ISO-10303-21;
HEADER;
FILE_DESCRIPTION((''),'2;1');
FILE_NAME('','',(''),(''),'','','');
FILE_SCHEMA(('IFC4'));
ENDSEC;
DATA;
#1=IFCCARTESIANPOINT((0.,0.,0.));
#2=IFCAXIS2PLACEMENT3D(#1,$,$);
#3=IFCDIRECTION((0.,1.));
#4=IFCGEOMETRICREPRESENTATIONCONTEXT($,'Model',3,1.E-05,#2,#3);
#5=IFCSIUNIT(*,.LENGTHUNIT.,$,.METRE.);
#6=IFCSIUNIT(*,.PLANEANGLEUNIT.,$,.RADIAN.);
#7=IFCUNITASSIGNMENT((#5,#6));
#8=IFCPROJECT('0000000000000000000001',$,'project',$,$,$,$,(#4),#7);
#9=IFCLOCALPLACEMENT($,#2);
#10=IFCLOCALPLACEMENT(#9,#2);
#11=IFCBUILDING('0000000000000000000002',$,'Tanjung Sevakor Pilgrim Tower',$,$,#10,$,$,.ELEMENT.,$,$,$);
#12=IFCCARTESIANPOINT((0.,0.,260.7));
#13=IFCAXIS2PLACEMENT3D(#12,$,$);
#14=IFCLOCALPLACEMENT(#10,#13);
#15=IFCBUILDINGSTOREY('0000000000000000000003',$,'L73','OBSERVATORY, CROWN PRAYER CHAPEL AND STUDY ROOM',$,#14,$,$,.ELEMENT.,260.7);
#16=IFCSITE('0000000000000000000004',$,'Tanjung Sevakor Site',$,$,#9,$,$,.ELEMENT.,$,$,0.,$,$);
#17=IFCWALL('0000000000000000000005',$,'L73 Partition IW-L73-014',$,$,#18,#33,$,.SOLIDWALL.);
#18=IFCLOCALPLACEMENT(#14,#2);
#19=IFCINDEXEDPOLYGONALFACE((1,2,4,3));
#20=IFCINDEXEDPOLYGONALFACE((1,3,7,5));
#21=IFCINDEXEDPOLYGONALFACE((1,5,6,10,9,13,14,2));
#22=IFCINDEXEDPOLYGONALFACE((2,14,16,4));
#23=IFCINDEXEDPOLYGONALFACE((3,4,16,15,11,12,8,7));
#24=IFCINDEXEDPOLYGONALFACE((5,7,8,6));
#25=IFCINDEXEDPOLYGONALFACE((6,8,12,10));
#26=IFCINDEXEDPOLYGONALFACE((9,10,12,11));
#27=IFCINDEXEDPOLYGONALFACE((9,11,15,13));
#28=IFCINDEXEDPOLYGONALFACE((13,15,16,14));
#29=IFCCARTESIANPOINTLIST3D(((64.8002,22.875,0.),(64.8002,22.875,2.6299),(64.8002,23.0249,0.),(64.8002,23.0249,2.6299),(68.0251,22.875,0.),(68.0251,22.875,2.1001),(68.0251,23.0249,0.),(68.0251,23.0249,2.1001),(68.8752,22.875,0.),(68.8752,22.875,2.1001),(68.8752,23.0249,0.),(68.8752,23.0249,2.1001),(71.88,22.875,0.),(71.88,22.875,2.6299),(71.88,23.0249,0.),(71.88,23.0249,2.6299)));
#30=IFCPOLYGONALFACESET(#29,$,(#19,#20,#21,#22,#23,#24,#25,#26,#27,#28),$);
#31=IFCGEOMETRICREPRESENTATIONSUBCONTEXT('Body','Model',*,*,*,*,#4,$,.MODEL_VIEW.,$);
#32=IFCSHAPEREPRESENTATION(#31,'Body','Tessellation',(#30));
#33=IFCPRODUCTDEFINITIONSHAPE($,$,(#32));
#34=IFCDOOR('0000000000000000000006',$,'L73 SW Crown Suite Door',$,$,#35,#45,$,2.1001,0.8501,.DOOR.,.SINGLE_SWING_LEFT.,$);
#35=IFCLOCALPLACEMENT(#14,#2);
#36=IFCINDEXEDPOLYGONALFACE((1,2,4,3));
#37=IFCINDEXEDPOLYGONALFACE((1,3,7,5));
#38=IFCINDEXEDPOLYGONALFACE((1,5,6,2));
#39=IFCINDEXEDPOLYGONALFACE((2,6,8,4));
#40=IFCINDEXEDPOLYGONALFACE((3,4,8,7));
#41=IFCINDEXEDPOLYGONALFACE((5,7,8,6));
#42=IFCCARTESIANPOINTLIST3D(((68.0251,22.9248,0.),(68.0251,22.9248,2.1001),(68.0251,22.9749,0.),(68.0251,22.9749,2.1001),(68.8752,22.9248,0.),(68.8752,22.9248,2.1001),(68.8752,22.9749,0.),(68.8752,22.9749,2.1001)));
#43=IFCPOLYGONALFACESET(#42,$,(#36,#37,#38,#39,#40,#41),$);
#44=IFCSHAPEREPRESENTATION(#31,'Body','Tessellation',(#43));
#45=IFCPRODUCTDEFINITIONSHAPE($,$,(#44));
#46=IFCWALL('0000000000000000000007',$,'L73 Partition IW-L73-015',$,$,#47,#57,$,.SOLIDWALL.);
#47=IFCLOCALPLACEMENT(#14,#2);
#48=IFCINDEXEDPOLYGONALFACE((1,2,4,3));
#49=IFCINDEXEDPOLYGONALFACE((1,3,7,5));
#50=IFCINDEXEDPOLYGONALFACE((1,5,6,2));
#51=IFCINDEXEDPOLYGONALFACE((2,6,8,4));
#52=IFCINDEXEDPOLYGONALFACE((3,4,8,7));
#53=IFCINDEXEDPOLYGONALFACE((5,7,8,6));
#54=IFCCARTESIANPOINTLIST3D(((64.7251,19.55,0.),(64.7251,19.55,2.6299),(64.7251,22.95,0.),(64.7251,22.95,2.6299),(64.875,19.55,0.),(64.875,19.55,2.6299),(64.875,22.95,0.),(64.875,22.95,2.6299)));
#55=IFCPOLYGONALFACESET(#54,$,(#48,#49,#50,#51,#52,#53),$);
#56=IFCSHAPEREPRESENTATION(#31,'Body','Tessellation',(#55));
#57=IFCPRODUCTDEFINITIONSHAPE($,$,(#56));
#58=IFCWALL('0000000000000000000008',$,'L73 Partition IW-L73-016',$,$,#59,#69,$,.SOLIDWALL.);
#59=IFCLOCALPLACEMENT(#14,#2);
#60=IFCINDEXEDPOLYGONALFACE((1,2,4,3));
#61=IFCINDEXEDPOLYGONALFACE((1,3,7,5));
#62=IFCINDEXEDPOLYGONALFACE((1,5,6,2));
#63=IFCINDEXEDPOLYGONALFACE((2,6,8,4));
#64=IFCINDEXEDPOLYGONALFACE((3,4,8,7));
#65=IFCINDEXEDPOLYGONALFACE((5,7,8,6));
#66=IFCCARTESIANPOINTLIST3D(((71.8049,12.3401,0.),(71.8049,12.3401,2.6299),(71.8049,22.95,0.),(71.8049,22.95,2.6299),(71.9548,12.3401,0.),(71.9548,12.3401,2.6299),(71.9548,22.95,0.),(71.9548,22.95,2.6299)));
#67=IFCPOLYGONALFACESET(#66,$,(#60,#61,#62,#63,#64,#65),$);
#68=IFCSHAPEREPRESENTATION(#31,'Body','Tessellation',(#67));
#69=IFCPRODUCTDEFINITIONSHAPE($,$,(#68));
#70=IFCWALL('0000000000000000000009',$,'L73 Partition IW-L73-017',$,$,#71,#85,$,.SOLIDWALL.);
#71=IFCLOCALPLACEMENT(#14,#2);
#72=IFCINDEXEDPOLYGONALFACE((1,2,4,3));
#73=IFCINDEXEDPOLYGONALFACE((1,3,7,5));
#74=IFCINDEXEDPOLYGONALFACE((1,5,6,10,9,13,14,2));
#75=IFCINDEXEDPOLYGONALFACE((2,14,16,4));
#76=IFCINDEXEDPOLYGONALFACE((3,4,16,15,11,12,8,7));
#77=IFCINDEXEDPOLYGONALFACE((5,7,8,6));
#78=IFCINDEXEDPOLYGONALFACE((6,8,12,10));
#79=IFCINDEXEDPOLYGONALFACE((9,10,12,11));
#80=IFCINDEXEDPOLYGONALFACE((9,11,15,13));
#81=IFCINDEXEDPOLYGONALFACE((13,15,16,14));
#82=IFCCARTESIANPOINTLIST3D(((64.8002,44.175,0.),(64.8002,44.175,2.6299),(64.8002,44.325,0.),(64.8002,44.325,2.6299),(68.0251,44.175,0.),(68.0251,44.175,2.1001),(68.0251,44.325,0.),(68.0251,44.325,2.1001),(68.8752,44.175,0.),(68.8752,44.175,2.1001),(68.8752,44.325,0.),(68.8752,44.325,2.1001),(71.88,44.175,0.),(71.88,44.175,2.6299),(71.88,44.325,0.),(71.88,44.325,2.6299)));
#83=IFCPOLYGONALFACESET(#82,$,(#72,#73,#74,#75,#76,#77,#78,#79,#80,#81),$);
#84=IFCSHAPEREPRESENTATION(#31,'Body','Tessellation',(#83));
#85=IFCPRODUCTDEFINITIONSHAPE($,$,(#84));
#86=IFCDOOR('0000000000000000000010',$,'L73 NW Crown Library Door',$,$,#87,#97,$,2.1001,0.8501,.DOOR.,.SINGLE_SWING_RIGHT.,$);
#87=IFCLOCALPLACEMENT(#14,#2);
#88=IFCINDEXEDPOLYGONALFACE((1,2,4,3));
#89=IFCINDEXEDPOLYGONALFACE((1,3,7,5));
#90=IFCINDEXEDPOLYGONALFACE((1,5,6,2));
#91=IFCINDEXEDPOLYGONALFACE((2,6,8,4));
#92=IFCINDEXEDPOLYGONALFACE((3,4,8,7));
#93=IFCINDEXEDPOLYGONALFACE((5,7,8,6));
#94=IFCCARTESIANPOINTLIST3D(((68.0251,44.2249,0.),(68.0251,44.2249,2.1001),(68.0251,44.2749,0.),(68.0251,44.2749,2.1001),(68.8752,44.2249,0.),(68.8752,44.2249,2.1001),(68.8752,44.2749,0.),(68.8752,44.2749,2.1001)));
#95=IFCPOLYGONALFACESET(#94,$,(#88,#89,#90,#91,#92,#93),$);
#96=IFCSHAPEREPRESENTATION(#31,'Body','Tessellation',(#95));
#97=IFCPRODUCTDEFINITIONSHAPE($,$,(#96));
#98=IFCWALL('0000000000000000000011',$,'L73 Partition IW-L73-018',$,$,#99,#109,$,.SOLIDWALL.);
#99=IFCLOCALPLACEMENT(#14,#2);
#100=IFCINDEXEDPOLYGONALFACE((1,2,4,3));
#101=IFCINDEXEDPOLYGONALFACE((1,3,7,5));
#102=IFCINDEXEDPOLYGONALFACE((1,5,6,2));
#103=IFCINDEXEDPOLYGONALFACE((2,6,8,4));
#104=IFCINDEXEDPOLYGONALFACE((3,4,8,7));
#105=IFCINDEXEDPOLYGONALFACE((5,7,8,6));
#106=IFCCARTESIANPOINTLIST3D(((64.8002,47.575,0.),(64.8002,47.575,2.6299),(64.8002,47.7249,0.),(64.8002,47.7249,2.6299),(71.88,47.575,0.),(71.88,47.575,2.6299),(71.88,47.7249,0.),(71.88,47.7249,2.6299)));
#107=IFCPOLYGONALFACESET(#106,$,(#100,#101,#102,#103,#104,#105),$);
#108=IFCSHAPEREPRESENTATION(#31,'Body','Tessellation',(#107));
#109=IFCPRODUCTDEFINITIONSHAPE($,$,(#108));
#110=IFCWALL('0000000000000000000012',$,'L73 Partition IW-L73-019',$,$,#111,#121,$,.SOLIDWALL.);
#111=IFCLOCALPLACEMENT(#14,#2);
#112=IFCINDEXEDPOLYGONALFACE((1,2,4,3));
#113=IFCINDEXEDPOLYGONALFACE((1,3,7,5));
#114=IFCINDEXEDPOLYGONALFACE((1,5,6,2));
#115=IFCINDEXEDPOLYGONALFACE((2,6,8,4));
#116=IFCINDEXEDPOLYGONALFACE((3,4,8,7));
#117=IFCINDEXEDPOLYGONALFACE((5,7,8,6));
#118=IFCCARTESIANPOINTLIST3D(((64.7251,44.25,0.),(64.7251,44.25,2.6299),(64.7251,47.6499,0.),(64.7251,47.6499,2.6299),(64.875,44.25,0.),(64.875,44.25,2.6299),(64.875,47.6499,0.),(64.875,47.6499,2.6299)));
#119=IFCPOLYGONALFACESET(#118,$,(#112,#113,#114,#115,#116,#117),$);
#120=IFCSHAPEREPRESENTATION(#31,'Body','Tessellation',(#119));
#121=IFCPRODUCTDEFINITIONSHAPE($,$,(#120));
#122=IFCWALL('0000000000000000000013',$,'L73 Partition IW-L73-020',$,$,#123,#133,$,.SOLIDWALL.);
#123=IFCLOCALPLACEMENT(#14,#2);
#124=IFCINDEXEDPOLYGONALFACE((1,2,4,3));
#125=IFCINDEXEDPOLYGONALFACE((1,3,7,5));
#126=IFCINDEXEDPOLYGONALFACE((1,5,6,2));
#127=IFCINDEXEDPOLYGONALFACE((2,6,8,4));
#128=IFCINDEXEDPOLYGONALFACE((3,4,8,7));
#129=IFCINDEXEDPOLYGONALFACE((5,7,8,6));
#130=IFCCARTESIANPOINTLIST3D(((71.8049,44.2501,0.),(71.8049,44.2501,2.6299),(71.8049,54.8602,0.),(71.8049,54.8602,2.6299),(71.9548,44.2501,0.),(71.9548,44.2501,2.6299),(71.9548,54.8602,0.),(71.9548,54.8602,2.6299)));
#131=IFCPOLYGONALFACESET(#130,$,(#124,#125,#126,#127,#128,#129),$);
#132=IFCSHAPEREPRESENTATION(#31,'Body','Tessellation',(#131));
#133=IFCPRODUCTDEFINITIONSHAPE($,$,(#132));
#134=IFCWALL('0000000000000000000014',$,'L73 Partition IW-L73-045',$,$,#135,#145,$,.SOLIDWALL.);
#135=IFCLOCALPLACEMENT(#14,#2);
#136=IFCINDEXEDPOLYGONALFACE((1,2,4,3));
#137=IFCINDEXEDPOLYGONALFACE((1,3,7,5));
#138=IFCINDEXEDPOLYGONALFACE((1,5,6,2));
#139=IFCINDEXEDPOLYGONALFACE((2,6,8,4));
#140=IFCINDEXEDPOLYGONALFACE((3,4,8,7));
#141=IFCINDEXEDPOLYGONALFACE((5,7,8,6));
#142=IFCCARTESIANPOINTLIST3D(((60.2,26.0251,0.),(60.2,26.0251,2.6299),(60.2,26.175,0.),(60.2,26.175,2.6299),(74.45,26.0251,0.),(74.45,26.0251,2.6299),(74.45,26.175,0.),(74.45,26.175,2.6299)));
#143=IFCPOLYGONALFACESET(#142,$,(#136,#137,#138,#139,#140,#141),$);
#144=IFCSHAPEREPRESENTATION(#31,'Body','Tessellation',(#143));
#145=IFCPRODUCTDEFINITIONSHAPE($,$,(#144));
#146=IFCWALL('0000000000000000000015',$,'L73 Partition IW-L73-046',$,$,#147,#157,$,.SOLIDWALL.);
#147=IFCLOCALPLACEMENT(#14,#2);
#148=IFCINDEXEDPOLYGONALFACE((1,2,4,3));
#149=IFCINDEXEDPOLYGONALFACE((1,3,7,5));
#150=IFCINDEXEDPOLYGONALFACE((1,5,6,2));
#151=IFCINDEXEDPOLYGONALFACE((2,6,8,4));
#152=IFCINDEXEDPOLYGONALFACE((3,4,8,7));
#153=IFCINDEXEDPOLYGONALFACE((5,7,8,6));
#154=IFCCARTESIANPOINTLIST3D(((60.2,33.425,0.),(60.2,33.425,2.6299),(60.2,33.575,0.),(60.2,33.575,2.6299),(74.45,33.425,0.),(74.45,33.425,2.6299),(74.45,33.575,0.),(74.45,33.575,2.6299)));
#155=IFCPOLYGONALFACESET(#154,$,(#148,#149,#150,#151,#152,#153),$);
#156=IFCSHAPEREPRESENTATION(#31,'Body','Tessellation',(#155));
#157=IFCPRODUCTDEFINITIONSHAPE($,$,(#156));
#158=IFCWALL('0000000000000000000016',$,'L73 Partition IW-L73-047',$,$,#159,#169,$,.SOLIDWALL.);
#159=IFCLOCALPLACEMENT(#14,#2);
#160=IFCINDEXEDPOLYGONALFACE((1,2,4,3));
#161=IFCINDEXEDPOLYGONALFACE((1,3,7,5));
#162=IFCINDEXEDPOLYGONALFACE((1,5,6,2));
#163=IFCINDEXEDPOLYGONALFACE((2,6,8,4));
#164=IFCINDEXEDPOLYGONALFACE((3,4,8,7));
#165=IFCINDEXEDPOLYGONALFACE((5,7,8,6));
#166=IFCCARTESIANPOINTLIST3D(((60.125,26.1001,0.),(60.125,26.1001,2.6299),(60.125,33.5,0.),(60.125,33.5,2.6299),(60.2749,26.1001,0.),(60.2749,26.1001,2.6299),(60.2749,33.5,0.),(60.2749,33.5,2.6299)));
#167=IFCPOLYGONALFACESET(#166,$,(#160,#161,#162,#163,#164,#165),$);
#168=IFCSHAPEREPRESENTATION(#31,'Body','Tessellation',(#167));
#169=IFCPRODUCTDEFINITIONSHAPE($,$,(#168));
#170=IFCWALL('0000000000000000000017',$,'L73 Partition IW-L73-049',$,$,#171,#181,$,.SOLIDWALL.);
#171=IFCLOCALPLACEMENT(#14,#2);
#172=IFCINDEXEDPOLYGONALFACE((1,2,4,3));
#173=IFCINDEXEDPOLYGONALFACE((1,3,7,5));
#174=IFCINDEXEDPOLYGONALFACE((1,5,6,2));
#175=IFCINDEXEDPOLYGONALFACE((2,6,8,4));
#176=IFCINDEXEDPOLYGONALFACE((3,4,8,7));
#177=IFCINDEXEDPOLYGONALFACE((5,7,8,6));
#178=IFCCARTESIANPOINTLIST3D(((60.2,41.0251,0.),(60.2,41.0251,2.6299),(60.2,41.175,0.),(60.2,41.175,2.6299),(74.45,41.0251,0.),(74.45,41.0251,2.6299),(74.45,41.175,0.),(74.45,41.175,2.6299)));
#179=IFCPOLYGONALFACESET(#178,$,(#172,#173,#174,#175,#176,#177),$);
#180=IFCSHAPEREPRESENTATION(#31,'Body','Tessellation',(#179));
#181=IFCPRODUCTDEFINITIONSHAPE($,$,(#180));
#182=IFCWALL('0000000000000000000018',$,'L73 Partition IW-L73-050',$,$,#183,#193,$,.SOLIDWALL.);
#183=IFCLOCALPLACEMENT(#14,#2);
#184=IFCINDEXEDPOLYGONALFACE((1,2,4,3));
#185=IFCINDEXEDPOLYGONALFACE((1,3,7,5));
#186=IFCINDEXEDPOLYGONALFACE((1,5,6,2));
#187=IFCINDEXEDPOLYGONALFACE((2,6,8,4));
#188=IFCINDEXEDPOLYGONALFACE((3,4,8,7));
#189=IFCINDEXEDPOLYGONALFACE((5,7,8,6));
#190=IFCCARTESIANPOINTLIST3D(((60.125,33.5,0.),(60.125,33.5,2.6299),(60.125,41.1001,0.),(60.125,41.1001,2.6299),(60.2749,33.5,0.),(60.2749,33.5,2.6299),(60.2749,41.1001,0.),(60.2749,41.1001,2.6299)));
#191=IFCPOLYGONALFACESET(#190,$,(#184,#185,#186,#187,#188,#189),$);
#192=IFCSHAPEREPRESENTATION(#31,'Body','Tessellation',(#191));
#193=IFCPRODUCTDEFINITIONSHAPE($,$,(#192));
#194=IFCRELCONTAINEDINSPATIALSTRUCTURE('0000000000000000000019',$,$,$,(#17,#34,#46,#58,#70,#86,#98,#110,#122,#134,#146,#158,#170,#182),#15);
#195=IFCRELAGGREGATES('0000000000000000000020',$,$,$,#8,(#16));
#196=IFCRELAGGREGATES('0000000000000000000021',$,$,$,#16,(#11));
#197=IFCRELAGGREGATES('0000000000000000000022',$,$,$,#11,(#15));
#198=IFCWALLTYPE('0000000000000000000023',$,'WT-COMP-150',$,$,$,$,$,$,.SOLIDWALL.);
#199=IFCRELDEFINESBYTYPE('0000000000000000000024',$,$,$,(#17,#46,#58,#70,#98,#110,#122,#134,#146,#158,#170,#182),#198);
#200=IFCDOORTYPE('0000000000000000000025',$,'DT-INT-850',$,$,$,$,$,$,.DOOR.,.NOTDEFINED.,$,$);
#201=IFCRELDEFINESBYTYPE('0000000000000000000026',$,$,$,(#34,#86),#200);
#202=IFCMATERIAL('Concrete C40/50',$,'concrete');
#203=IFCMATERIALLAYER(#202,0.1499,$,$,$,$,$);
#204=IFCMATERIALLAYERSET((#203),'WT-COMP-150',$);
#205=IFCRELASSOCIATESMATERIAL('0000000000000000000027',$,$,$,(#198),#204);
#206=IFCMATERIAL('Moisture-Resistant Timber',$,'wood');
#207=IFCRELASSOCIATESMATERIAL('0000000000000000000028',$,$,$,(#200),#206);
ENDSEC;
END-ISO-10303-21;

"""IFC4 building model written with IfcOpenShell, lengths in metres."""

from ifc_helpers import new_model, si_unit, direction, frame, frame_2d, origin, place, context, subcontext, project, spatial, rectangle, extrude, material, layer, layer_set, type_object, element, fill, save


model = new_model("IFC4")

# Units and contexts
model_context = context("Model", 3, precision=1e-05, world=origin(), true_north=direction((0.0, 1.0)))
body_context = subcontext(model_context, "Body", "Model", "MODEL_VIEW")
ifc_project = project(units=[si_unit("LENGTHUNIT", "METRE"), si_unit("PLANEANGLEUNIT", "RADIAN")], contexts=[model_context])

# Site, building, storey
site_placement = place(None, origin())
site = spatial("IfcSite", under=ifc_project, at=site_placement, Name="Tanjung Sevakor Site", CompositionType="ELEMENT", RefElevation=0.0)
building_placement = place(site_placement, origin())
building = spatial("IfcBuilding", under=site, at=building_placement, Name="Tanjung Sevakor Pilgrim Tower", CompositionType="ELEMENT")
storey_placement = place(building_placement, frame((0.0, 0.0, 260.7)))
storey = spatial("IfcBuildingStorey", under=building, at=storey_placement, Name="L73", Description="OBSERVATORY, CROWN PRAYER CHAPEL AND STUDY ROOM", CompositionType="ELEMENT", Elevation=260.7)

# Shared definitions
ifc_material_1 = material(Name="Concrete C40/50", Category="concrete")
ifc_layer_1 = layer(ifc_material_1, 0.1499)
ifc_layer_set_1 = layer_set([ifc_layer_1], Name="WT-COMP-150")
wall_type_1 = type_object("IfcWallType", Name="WT-COMP-150", PredefinedType="SOLIDWALL", material=ifc_layer_set_1)

# Wall, opening, door
wall_1_placement = place(storey_placement, frame((64.8, 22.95, 0.0), z_axis=(0.0, 0.0, 1.0), x_axis=(1.0, 0.0, 0.0)))
wall_1 = element("IfcWall", 1, at=wall_1_placement, inside=storey, type_object=wall_type_1, Name="L73 Partition IW-L73-014", PredefinedType="SOLIDWALL", context=body_context, shape_type="SweptSolid", body=[
    extrude(rectangle(XDim=7.0798, YDim=0.1499, at=frame_2d((3.54, 0.0))), origin(), (0.0, 0.0, 1.0), 2.6299),
])
opening_1_placement = place(wall_1_placement, frame((3.2251, 0.0, 0.0)))
opening_1 = element("IfcOpeningElement", 2, at=opening_1_placement, cuts=wall_1, PredefinedType="OPENING", context=body_context, shape_type="SweptSolid", body=[
    extrude(rectangle(XDim=0.8501, YDim=2.1001, at=frame_2d((0.425, 1.05))), frame((0.0, 0.085, 0.0), z_axis=(0.0, -1.0, 0.0), x_axis=(1.0, 0.0, 0.0)), (0.0, 0.0, 1.0), 0.1699),
])
ifc_material_2 = material(Name="Moisture-Resistant Timber", Category="wood")
door_type = type_object("IfcDoorType", Name="DT-INT-850", OperationType="NOTDEFINED", PredefinedType="DOOR", material=ifc_material_2)
door_1_placement = place(opening_1_placement, origin())
door_1 = element("IfcDoor", 3, at=door_1_placement, inside=storey, type_object=door_type, Name="L73 SW Crown Suite Door", OperationType="SINGLE_SWING_LEFT", OverallHeight=2.1001, OverallWidth=0.8501, PredefinedType="DOOR", context=body_context, shape_type="SweptSolid", body=[
    extrude(rectangle(XDim=0.8501, YDim=2.1001, at=frame_2d((0.425, 1.05))), frame((0.0, 0.0249, 0.0), z_axis=(0.0, -1.0, 0.0), x_axis=(1.0, 0.0, 0.0)), (0.0, 0.0, 1.0), 0.05),
])
fill(opening_1, door_1)

# Walls
wall_2_placement = place(storey_placement, frame((64.8, 19.55, 0.0), z_axis=(0.0, 0.0, 1.0), x_axis=(0.0, 1.0, 0.0)))
element("IfcWall", 4, at=wall_2_placement, inside=storey, type_object=wall_type_1, Name="L73 Partition IW-L73-015", PredefinedType="SOLIDWALL", context=body_context, shape_type="SweptSolid", body=[
    extrude(rectangle(XDim=3.3999, YDim=0.1499, at=frame_2d((1.7, 0.0))), origin(), (0.0, 0.0, 1.0), 2.6299),
])
wall_3_placement = place(storey_placement, frame((71.8799, 12.3401, 0.0), z_axis=(0.0, 0.0, 1.0), x_axis=(0.0, 1.0, 0.0)))
element("IfcWall", 5, at=wall_3_placement, inside=storey, type_object=wall_type_1, Name="L73 Partition IW-L73-016", PredefinedType="SOLIDWALL", context=body_context, shape_type="SweptSolid", body=[
    extrude(rectangle(XDim=10.6099, YDim=0.1499, at=frame_2d((5.3049, 0.0))), origin(), (0.0, 0.0, 1.0), 2.6299),
])

# Wall, opening, door
wall_4_placement = place(storey_placement, frame((64.8, 44.25, 0.0), z_axis=(0.0, 0.0, 1.0), x_axis=(1.0, 0.0, 0.0)))
wall_4 = element("IfcWall", 6, at=wall_4_placement, inside=storey, type_object=wall_type_1, Name="L73 Partition IW-L73-017", PredefinedType="SOLIDWALL", context=body_context, shape_type="SweptSolid", body=[
    extrude(rectangle(XDim=7.0798, YDim=0.1499, at=frame_2d((3.54, 0.0))), origin(), (0.0, 0.0, 1.0), 2.6299),
])
opening_2_placement = place(wall_4_placement, frame((3.2251, 0.0, 0.0)))
opening_2 = element("IfcOpeningElement", 7, at=opening_2_placement, cuts=wall_4, PredefinedType="OPENING", context=body_context, shape_type="SweptSolid", body=[
    extrude(rectangle(XDim=0.8501, YDim=2.1001, at=frame_2d((0.425, 1.05))), frame((0.0, 0.085, 0.0), z_axis=(0.0, -1.0, 0.0), x_axis=(1.0, 0.0, 0.0)), (0.0, 0.0, 1.0), 0.1699),
])
door_2_placement = place(opening_2_placement, origin())
door_2 = element("IfcDoor", 8, at=door_2_placement, inside=storey, type_object=door_type, Name="L73 NW Crown Library Door", OperationType="SINGLE_SWING_RIGHT", OverallHeight=2.1001, OverallWidth=0.8501, PredefinedType="DOOR", context=body_context, shape_type="SweptSolid", body=[
    extrude(rectangle(XDim=0.8501, YDim=2.1001, at=frame_2d((0.425, 1.05))), frame((0.0, 0.0249, 0.0), z_axis=(0.0, -1.0, 0.0), x_axis=(1.0, 0.0, 0.0)), (0.0, 0.0, 1.0), 0.05),
])
fill(opening_2, door_2)

# Walls
wall_5_placement = place(storey_placement, frame((64.8, 47.6499, 0.0), z_axis=(0.0, 0.0, 1.0), x_axis=(1.0, 0.0, 0.0)))
element("IfcWall", 9, at=wall_5_placement, inside=storey, type_object=wall_type_1, Name="L73 Partition IW-L73-018", PredefinedType="SOLIDWALL", context=body_context, shape_type="SweptSolid", body=[
    extrude(rectangle(XDim=7.0798, YDim=0.1499, at=frame_2d((3.54, 0.0))), origin(), (0.0, 0.0, 1.0), 2.6299),
])
wall_6_placement = place(storey_placement, frame((64.8, 44.25, 0.0), z_axis=(0.0, 0.0, 1.0), x_axis=(0.0, 1.0, 0.0)))
element("IfcWall", 10, at=wall_6_placement, inside=storey, type_object=wall_type_1, Name="L73 Partition IW-L73-019", PredefinedType="SOLIDWALL", context=body_context, shape_type="SweptSolid", body=[
    extrude(rectangle(XDim=3.3999, YDim=0.1499, at=frame_2d((1.7, 0.0))), origin(), (0.0, 0.0, 1.0), 2.6299),
])
wall_7_placement = place(storey_placement, frame((71.8799, 44.25, 0.0), z_axis=(0.0, 0.0, 1.0), x_axis=(0.0, 1.0, 0.0)))
element("IfcWall", 11, at=wall_7_placement, inside=storey, type_object=wall_type_1, Name="L73 Partition IW-L73-020", PredefinedType="SOLIDWALL", context=body_context, shape_type="SweptSolid", body=[
    extrude(rectangle(XDim=10.6101, YDim=0.1499, at=frame_2d((5.3052, 0.0))), origin(), (0.0, 0.0, 1.0), 2.6299),
])
for number, where, z_axis, x_axis, name in (
    (12, (60.2, 26.1001, 0.0), (0.0, 0.0, 1.0), (1.0, 0.0, 0.0), "L73 Partition IW-L73-045"),
    (13, (60.2, 33.5, 0.0), (0.0, 0.0, 1.0), (1.0, 0.0, 0.0), "L73 Partition IW-L73-046"),
):
    element("IfcWall", number, at=place(storey_placement, frame(where, z_axis=z_axis, x_axis=x_axis)), inside=storey, type_object=wall_type_1, Name=name, PredefinedType="SOLIDWALL", context=body_context, shape_type="SweptSolid", body=[
        extrude(rectangle(XDim=14.25, YDim=0.1499, at=frame_2d((7.125, 0.0))), origin(), (0.0, 0.0, 1.0), 2.6299),
    ])
wall_8_placement = place(storey_placement, frame((60.2, 26.1001, 0.0), z_axis=(0.0, 0.0, 1.0), x_axis=(0.0, 1.0, 0.0)))
element("IfcWall", 14, at=wall_8_placement, inside=storey, type_object=wall_type_1, Name="L73 Partition IW-L73-047", PredefinedType="SOLIDWALL", context=body_context, shape_type="SweptSolid", body=[
    extrude(rectangle(XDim=7.3999, YDim=0.1499, at=frame_2d((3.7, 0.0))), origin(), (0.0, 0.0, 1.0), 2.6299),
])
wall_9_placement = place(storey_placement, frame((60.2, 41.1001, 0.0), z_axis=(0.0, 0.0, 1.0), x_axis=(1.0, 0.0, 0.0)))
element("IfcWall", 15, at=wall_9_placement, inside=storey, type_object=wall_type_1, Name="L73 Partition IW-L73-049", PredefinedType="SOLIDWALL", context=body_context, shape_type="SweptSolid", body=[
    extrude(rectangle(XDim=14.25, YDim=0.1499, at=frame_2d((7.125, 0.0))), origin(), (0.0, 0.0, 1.0), 2.6299),
])
wall_10_placement = place(storey_placement, frame((60.2, 33.5, 0.0), z_axis=(0.0, 0.0, 1.0), x_axis=(0.0, 1.0, 0.0)))
element("IfcWall", 16, at=wall_10_placement, inside=storey, type_object=wall_type_1, Name="L73 Partition IW-L73-050", PredefinedType="SOLIDWALL", context=body_context, shape_type="SweptSolid", body=[
    extrude(rectangle(XDim=7.6001, YDim=0.1499, at=frame_2d((3.8, 0.0))), origin(), (0.0, 0.0, 1.0), 2.6299),
])

save(model, "model.ifc")
